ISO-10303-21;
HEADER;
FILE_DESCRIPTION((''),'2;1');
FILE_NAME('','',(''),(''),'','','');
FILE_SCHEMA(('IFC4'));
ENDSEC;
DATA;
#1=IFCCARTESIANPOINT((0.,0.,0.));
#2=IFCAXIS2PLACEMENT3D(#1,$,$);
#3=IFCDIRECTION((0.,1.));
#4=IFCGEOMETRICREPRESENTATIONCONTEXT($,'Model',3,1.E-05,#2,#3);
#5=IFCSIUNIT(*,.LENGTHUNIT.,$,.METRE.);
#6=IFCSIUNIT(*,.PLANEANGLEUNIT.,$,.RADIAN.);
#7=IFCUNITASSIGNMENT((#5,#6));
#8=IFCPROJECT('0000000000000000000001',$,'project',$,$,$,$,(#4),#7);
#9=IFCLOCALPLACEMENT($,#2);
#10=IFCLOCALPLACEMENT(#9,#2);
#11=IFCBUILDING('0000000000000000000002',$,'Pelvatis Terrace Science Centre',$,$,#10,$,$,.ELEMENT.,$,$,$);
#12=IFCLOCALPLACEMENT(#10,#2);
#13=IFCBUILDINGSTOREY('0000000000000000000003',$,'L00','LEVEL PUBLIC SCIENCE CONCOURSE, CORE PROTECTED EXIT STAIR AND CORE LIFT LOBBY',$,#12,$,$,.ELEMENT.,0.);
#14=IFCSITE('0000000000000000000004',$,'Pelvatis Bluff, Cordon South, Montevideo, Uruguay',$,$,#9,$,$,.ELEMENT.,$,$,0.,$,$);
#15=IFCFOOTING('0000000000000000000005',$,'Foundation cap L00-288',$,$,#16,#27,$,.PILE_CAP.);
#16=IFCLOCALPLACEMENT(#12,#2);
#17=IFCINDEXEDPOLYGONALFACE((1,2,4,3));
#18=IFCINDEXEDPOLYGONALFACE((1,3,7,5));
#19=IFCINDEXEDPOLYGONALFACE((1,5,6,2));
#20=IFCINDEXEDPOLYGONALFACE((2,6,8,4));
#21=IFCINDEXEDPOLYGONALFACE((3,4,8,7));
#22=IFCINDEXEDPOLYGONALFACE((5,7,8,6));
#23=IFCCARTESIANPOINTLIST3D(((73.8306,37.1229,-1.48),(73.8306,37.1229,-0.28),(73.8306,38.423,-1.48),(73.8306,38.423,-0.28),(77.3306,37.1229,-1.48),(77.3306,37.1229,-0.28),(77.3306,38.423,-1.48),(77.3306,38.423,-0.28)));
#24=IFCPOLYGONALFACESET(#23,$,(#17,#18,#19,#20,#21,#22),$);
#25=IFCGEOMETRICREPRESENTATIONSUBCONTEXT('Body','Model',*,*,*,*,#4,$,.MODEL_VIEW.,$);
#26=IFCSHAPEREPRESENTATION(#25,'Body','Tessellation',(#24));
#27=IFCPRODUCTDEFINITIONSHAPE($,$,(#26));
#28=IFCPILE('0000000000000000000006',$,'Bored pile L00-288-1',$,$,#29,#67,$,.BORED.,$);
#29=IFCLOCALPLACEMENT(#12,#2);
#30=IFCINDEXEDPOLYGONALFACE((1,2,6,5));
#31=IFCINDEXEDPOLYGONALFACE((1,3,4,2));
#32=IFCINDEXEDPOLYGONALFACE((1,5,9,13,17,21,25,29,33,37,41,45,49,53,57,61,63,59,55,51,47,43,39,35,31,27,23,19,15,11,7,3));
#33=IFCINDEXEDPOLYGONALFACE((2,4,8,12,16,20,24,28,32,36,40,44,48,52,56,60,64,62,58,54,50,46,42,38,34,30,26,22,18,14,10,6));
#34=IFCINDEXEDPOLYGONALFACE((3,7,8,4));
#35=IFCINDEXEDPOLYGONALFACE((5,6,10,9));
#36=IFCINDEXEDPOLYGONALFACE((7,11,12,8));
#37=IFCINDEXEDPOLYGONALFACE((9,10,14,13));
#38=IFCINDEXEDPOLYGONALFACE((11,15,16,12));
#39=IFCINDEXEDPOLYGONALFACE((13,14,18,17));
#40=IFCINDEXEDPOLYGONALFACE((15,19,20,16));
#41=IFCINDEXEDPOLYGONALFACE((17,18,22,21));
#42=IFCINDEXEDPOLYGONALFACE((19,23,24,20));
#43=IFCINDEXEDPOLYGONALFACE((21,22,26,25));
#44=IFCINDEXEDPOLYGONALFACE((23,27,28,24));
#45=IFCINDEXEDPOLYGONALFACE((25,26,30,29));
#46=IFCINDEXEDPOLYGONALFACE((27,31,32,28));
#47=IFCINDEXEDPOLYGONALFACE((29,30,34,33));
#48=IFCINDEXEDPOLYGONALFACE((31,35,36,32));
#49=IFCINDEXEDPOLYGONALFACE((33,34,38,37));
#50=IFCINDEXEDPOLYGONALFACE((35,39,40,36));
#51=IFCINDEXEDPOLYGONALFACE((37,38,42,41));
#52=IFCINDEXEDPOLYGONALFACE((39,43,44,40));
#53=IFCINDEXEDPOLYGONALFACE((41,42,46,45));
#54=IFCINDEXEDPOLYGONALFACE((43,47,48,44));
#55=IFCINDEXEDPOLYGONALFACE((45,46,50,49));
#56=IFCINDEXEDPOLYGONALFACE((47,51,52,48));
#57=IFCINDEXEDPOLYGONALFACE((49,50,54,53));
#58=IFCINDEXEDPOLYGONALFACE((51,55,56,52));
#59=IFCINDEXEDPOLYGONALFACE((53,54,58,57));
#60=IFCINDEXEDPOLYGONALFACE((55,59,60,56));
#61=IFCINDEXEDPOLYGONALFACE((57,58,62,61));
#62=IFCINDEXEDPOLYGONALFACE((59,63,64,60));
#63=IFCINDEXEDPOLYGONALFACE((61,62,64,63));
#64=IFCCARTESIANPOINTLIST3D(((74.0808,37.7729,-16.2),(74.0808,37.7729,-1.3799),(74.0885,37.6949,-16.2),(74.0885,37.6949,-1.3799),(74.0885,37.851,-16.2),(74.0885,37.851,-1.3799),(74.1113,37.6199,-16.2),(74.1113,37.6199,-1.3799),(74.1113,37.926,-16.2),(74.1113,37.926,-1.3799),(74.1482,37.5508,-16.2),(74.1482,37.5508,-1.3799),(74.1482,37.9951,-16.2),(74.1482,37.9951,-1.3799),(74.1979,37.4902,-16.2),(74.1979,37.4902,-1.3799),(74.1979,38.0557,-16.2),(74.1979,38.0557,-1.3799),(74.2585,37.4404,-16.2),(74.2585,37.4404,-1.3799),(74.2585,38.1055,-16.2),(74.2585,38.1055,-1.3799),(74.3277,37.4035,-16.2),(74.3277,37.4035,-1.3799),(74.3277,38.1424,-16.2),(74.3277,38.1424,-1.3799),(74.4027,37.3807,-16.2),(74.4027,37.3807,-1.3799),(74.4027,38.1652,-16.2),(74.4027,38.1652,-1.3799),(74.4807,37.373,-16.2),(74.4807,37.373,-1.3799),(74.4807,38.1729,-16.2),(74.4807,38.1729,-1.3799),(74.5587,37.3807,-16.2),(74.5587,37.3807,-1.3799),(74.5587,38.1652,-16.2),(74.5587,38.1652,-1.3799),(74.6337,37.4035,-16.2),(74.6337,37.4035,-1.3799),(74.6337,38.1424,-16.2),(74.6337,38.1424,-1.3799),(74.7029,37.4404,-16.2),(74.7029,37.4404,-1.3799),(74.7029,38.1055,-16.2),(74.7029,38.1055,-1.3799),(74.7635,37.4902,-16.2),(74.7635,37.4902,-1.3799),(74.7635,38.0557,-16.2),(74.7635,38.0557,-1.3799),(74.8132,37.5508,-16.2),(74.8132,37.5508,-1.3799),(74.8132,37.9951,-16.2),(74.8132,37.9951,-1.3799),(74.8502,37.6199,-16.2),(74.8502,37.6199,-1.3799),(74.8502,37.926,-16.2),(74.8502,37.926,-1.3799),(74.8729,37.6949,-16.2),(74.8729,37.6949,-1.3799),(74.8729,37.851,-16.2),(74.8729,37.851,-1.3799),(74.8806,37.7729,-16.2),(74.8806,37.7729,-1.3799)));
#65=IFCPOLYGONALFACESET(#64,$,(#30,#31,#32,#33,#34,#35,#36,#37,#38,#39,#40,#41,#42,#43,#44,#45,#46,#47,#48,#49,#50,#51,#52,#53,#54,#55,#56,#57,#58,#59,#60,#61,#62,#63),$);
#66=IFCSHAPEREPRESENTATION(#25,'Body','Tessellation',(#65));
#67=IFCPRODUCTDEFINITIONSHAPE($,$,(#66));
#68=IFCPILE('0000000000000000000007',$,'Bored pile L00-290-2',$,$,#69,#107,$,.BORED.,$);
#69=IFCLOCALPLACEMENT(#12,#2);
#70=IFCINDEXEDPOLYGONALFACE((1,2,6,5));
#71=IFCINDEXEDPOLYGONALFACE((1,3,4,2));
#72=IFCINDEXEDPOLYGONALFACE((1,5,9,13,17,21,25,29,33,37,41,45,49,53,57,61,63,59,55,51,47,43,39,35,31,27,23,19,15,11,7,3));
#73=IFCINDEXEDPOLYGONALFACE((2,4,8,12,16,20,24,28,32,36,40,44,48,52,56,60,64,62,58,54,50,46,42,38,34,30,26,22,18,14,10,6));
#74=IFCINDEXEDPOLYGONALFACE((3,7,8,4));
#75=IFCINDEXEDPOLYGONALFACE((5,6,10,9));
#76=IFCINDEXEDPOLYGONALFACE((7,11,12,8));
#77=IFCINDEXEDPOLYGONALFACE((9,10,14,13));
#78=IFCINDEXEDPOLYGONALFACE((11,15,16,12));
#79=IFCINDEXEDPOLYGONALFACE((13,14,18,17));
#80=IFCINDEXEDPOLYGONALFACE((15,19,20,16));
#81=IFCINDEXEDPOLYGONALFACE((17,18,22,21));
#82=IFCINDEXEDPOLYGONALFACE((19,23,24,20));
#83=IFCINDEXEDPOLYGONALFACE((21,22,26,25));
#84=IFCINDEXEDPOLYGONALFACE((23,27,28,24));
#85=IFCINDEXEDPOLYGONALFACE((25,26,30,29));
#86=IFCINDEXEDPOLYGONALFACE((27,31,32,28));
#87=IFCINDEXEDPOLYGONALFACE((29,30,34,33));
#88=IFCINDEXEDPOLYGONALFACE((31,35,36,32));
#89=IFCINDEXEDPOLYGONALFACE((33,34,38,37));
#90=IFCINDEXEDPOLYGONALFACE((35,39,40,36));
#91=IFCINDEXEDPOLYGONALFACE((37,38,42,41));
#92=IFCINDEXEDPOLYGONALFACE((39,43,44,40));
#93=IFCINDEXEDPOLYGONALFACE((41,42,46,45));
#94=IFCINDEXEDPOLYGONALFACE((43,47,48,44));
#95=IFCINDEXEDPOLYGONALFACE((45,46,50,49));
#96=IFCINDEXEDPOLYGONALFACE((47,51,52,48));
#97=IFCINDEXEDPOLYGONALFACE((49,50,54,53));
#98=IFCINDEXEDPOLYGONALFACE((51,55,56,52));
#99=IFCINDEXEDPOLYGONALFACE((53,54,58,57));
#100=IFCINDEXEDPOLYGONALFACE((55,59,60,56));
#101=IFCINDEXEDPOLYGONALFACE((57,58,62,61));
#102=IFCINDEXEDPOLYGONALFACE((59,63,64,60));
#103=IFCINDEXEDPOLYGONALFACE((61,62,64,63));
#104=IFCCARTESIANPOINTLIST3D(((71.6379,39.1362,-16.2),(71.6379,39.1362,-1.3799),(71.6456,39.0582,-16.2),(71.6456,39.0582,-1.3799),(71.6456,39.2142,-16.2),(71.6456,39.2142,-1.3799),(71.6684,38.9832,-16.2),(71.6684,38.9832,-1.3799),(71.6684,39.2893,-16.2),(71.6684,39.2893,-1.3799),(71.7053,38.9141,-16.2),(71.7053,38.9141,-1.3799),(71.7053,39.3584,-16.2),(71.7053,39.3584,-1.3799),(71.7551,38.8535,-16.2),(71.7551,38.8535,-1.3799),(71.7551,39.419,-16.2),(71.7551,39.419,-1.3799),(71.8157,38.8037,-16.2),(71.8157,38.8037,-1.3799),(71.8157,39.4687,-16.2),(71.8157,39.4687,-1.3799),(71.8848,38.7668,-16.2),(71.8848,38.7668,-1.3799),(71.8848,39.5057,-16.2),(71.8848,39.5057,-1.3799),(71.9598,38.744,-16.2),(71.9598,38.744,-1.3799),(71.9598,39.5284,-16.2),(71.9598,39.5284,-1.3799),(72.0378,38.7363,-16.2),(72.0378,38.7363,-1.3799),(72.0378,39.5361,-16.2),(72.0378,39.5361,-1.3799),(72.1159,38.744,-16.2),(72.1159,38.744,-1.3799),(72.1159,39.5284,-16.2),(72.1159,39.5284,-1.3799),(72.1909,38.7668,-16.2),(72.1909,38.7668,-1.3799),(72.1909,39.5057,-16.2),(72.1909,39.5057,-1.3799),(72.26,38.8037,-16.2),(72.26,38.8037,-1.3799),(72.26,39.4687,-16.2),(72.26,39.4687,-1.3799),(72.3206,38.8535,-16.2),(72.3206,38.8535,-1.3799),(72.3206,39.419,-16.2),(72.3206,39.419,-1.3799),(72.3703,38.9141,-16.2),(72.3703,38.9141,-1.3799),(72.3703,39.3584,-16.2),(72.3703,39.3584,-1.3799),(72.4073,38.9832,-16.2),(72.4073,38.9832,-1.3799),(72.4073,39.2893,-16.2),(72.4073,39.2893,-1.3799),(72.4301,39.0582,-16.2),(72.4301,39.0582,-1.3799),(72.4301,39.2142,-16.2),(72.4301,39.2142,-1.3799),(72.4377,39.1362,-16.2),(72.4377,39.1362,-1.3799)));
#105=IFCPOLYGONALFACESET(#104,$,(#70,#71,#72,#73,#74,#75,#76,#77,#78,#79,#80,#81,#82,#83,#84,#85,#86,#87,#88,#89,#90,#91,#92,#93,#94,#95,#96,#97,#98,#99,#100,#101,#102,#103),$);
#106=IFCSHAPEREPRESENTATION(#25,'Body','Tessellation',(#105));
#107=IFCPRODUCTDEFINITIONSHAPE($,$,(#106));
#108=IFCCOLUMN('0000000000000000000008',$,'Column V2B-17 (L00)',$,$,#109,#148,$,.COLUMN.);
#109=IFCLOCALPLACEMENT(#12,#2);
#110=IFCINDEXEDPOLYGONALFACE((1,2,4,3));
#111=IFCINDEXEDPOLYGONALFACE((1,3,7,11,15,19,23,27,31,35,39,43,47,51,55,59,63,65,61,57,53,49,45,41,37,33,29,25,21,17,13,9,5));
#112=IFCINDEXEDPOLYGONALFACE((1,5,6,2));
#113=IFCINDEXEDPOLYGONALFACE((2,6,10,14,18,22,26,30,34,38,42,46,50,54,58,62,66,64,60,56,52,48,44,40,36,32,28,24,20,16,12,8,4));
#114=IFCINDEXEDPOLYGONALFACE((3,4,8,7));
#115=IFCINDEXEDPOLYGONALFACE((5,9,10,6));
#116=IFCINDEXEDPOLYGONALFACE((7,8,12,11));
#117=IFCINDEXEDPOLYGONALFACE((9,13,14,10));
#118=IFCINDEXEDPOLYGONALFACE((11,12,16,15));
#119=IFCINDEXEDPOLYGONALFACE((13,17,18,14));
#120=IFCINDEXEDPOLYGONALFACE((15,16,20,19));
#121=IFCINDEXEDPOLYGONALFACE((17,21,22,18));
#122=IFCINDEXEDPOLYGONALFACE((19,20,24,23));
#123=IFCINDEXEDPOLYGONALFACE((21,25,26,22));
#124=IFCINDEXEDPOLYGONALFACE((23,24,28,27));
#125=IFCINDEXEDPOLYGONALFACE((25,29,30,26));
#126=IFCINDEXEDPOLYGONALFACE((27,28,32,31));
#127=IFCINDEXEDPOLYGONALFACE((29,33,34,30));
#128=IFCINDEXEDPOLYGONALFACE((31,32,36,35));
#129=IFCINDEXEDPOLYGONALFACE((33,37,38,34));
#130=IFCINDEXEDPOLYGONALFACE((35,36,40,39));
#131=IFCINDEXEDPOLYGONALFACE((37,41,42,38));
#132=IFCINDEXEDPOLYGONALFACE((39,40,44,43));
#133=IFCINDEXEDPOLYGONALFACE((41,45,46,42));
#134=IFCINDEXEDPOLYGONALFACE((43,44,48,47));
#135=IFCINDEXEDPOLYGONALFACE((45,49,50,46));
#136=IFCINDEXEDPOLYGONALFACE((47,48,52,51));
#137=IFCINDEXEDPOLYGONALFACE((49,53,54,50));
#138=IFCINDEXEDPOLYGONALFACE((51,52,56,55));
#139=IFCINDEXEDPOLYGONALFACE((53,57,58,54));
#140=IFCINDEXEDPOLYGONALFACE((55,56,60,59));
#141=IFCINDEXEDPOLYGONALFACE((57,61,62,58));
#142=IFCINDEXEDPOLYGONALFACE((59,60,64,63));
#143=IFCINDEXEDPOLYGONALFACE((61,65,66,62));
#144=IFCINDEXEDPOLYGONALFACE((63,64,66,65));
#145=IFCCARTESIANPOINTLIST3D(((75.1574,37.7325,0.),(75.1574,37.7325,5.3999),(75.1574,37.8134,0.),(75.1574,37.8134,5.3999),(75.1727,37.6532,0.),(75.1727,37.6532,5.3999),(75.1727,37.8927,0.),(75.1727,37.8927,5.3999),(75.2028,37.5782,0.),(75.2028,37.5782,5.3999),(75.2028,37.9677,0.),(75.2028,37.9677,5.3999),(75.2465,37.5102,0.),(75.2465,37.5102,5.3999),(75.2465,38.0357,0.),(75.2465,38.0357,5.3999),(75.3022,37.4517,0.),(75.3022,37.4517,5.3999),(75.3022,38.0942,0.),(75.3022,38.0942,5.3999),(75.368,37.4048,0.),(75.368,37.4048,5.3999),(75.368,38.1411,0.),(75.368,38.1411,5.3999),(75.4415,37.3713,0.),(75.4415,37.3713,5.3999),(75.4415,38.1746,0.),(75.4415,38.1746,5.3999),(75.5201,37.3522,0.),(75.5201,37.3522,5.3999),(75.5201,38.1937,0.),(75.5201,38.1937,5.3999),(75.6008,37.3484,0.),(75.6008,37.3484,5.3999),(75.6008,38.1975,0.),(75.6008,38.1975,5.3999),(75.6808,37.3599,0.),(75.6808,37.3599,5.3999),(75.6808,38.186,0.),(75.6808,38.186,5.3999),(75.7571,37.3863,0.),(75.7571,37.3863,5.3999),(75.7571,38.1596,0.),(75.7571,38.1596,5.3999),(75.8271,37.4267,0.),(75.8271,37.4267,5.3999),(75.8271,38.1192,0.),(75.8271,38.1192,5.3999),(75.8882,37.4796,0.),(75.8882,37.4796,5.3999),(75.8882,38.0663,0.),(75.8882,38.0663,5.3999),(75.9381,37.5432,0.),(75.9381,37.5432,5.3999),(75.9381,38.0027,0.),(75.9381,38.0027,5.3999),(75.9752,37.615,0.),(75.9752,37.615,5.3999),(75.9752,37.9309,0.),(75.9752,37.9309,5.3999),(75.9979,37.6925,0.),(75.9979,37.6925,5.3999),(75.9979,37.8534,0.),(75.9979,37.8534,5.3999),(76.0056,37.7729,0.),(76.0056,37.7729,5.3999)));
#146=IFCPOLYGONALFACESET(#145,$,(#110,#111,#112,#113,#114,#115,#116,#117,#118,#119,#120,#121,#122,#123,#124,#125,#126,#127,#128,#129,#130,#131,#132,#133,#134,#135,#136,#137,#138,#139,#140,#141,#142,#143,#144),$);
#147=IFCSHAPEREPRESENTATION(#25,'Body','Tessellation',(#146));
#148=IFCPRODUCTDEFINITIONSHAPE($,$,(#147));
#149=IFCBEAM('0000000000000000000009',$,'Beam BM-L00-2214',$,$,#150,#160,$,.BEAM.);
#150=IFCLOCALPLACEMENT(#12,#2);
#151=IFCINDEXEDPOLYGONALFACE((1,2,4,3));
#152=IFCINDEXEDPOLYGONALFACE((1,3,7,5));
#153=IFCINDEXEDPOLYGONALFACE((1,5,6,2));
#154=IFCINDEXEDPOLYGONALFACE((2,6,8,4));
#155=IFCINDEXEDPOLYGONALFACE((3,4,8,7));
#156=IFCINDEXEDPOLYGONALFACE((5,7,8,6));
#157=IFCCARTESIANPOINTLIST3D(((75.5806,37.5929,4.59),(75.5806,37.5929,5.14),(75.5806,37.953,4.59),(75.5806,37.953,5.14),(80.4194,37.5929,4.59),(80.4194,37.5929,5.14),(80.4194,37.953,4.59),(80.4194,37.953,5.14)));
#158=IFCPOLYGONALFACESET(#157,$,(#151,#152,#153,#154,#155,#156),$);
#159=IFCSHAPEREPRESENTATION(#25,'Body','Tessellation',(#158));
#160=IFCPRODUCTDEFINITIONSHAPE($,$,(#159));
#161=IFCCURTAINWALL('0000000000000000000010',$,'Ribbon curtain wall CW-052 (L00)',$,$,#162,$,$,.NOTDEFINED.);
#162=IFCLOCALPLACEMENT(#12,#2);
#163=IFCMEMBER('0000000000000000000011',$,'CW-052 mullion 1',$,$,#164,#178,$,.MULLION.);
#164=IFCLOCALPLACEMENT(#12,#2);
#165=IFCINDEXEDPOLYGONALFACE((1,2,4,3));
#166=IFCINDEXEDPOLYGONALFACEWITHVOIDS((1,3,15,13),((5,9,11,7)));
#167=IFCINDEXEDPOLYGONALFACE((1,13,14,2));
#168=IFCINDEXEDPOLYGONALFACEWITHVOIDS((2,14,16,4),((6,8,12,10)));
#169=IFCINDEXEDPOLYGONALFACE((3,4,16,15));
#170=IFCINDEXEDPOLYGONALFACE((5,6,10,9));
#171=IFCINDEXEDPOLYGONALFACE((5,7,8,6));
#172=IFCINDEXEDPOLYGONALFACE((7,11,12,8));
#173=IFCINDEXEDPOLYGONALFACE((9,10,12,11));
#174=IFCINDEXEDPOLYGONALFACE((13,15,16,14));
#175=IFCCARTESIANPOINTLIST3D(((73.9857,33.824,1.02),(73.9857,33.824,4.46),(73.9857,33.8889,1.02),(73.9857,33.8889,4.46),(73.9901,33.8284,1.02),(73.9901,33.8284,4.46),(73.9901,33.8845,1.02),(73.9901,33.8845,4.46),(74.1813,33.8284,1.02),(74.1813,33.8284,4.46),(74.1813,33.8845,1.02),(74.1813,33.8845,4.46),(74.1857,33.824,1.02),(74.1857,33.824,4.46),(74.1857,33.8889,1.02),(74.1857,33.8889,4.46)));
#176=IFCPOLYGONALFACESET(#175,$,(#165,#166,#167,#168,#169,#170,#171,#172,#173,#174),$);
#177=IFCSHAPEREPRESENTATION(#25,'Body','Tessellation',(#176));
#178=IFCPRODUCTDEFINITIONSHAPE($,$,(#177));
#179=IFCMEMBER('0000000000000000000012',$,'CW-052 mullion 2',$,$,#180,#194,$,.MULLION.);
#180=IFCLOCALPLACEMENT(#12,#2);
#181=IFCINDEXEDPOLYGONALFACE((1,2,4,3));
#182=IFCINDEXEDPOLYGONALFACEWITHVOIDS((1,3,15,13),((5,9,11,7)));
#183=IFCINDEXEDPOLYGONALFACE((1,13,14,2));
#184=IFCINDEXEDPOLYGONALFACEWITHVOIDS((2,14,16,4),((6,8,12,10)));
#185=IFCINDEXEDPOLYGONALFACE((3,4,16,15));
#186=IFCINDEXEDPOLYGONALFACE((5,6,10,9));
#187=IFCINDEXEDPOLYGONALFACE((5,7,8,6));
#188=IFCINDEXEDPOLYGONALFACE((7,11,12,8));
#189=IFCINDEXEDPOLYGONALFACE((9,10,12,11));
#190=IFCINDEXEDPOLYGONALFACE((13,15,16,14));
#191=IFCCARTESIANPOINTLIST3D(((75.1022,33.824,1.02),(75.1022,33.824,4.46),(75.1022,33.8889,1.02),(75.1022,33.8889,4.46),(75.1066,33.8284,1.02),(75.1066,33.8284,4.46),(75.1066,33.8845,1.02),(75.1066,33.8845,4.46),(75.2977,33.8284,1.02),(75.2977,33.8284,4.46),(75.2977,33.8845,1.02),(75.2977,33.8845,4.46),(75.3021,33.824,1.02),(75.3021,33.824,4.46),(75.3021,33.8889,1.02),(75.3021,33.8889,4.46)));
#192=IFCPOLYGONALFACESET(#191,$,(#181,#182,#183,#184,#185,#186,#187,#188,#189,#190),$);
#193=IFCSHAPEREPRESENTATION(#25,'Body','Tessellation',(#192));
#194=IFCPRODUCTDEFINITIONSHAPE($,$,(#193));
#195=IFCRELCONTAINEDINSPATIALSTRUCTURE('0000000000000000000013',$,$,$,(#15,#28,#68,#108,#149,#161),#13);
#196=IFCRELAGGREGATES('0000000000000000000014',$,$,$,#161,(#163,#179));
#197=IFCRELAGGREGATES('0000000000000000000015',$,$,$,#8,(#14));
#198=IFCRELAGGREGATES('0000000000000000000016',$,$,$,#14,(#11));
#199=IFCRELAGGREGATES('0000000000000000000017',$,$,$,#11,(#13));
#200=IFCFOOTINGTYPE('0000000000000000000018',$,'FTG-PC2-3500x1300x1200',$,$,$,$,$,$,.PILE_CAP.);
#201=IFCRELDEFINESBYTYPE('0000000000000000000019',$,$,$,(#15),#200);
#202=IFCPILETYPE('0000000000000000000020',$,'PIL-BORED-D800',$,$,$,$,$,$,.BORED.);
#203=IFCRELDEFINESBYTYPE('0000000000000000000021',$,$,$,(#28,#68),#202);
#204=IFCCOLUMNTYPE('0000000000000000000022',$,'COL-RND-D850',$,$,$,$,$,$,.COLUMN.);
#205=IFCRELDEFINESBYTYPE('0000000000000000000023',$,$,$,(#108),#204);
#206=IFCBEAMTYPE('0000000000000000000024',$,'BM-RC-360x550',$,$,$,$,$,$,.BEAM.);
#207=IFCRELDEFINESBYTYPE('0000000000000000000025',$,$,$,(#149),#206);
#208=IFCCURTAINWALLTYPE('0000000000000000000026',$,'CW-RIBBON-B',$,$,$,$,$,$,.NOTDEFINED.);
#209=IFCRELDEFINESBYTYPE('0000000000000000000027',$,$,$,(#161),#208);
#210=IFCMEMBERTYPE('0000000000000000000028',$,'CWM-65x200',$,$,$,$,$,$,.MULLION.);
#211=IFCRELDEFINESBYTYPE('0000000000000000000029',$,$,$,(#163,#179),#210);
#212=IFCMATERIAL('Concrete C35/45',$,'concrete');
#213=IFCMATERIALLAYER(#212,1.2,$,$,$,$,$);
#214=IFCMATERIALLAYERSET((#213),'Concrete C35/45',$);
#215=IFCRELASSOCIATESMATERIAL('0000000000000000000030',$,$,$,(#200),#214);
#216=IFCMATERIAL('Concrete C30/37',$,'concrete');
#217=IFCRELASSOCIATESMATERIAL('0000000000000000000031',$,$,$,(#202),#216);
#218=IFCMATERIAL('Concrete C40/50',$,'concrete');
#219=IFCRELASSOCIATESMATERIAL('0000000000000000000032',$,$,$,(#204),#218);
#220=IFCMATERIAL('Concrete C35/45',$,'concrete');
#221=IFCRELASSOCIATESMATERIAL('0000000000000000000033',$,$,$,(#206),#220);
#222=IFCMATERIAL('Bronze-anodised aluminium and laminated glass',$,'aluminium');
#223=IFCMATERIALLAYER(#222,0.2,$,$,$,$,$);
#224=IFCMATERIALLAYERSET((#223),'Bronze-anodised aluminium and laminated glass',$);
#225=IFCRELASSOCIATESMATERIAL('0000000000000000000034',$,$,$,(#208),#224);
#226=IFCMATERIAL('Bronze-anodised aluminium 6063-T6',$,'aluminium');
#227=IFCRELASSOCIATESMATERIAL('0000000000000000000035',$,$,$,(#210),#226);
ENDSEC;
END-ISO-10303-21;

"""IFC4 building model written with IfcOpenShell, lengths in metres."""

from ifc_helpers import new_model, si_unit, direction, frame, origin, origin_2d, place, context, subcontext, project, spatial, rectangle, hollow_rectangle, circle, extrude, material, layer, layer_set, material_profile, profile_set, type_object, element, aggregate, save


model = new_model("IFC4")

# Units and contexts
model_context = context("Model", 3, precision=1e-05, world=origin(), true_north=direction((0.0, 1.0)))
body_context = subcontext(model_context, "Body", "Model", "MODEL_VIEW")
ifc_project = project(units=[si_unit("LENGTHUNIT", "METRE"), si_unit("PLANEANGLEUNIT", "RADIAN")], contexts=[model_context])

# Site, building, storey
site_placement = place(None, origin())
site = spatial("IfcSite", under=ifc_project, at=site_placement, Name="Pelvatis Bluff, Cordon South, Montevideo, Uruguay", CompositionType="ELEMENT", RefElevation=0.0)
building_placement = place(site_placement, origin())
building = spatial("IfcBuilding", under=site, at=building_placement, Name="Pelvatis Terrace Science Centre", CompositionType="ELEMENT")
storey_placement = place(building_placement, origin())
storey = spatial("IfcBuildingStorey", under=building, at=storey_placement, Name="L00", Description="LEVEL PUBLIC SCIENCE CONCOURSE, CORE PROTECTED EXIT STAIR AND CORE LIFT LOBBY", CompositionType="ELEMENT", Elevation=0.0)

# Footing
ifc_material_1 = material(Name="Concrete C35/45", Category="concrete")
ifc_layer_1 = layer(ifc_material_1, 1.2)
ifc_layer_set_1 = layer_set([ifc_layer_1], Name="Concrete C35/45")
footing_type = type_object("IfcFootingType", Name="FTG-PC2-3500x1300x1200", PredefinedType="PILE_CAP", material=ifc_layer_set_1)
footing_placement = place(storey_placement, frame((75.5806, 37.7729, -1.48), z_axis=(0.0, 0.0, 1.0), x_axis=(1.0, 0.0, 0.0)))
element("IfcFooting", 1, at=footing_placement, inside=storey, type_object=footing_type, Name="Foundation cap L00-288", PredefinedType="PILE_CAP", context=body_context, shape_type="SweptSolid", body=[
    extrude(rectangle(XDim=3.5, YDim=1.3, at=origin_2d()), origin(), (0.0, 0.0, 1.0), 1.2),
])

# Piles
ifc_material_2 = material(Name="Concrete C30/37", Category="concrete")
ifc_material_profile_1 = material_profile(ifc_material_2, circle(Radius=0.3999, at=origin_2d()), Name="PILE D800")
ifc_profile_set_1 = profile_set([ifc_material_profile_1], Name="Concrete C30/37")
pile_type = type_object("IfcPileType", Name="PIL-BORED-D800", PredefinedType="BORED", material=ifc_profile_set_1)
for number, where, z_axis, x_axis, name in (
    (2, (74.4807, 37.7729, -1.3799), (0.0, 0.0, -1.0), (1.0, 0.0, 0.0), "Bored pile L00-288-1"),
    (3, (72.0378, 39.1362, -1.3799), (0.0, 0.0, -1.0), (1.0, 0.0, 0.0), "Bored pile L00-290-2"),
):
    element("IfcPile", number, at=place(storey_placement, frame(where, z_axis=z_axis, x_axis=x_axis)), inside=storey, type_object=pile_type, Name=name, PredefinedType="BORED", context=body_context, shape_type="SweptSolid", body=[
        extrude(circle(Radius=0.3999, at=origin_2d()), origin(), (0.0, 0.0, 1.0), 14.8201),
    ])

# Column
ifc_material_3 = material(Name="Concrete C40/50", Category="concrete")
ifc_material_profile_2 = material_profile(ifc_material_3, circle(Radius=0.425, at=origin_2d()), Name="RC-RCOL D850")
ifc_profile_set_2 = profile_set([ifc_material_profile_2], Name="Concrete C40/50")
column_type = type_object("IfcColumnType", Name="COL-RND-D850", PredefinedType="COLUMN", material=ifc_profile_set_2)
column_placement = place(storey_placement, frame((75.5806, 37.7729, 0.0), z_axis=(0.0, 0.0, 1.0), x_axis=(1.0, 0.0, 0.0)))
element("IfcColumn", 4, at=column_placement, inside=storey, type_object=column_type, Name="Column V2B-17 (L00)", PredefinedType="COLUMN", context=body_context, shape_type="SweptSolid", body=[
    extrude(circle(Radius=0.425, at=origin_2d()), origin(), (0.0, 0.0, 1.0), 5.3999),
])

# Beam
ifc_material_4 = material(Name="Concrete C35/45", Category="concrete")
ifc_material_profile_3 = material_profile(ifc_material_4, rectangle(XDim=0.3601, YDim=0.55, at=origin_2d()), Name="RC-BM 360x550")
ifc_profile_set_3 = profile_set([ifc_material_profile_3], Name="Concrete C35/45")
beam_type = type_object("IfcBeamType", Name="BM-RC-360x550", PredefinedType="BEAM", material=ifc_profile_set_3)
beam_placement = place(storey_placement, frame((75.5806, 37.7729, 4.865), z_axis=(1.0, 0.0, 0.0), x_axis=(0.0, 1.0, 0.0)))
element("IfcBeam", 5, at=beam_placement, inside=storey, type_object=beam_type, Name="Beam BM-L00-2214", PredefinedType="BEAM", context=body_context, shape_type="SweptSolid", body=[
    extrude(rectangle(XDim=0.3601, YDim=0.55, at=origin_2d()), origin(), (0.0, 0.0, 1.0), 4.8389),
])

# Curtain wall, members
ifc_material_5 = material(Name="Bronze-anodised aluminium and laminated glass", Category="aluminium")
ifc_layer_2 = layer(ifc_material_5, 0.2)
ifc_layer_set_2 = layer_set([ifc_layer_2], Name="Bronze-anodised aluminium and laminated glass")
curtain_wall_type = type_object("IfcCurtainWallType", Name="CW-RIBBON-B", PredefinedType="NOTDEFINED", material=ifc_layer_set_2)
curtain_wall_placement = place(storey_placement, origin())
curtain_wall = element("IfcCurtainWall", 6, at=curtain_wall_placement, inside=storey, type_object=curtain_wall_type, Name="Ribbon curtain wall CW-052 (L00)", PredefinedType="NOTDEFINED")
ifc_material_6 = material(Name="Bronze-anodised aluminium 6063-T6", Category="aluminium")
ifc_material_profile_4 = material_profile(ifc_material_6, hollow_rectangle(XDim=0.0649, YDim=0.2, WallThickness=0.0044, at=origin_2d()), Name="ALU-MUL 65x200")
ifc_profile_set_4 = profile_set([ifc_material_profile_4], Name="Bronze-anodised aluminium 6063-T6")
member_type_1 = type_object("IfcMemberType", Name="CWM-65x200", PredefinedType="MULLION", material=ifc_profile_set_4)
member_1_placement = place(storey_placement, frame((74.0857, 33.8564, 1.02), z_axis=(0.0, 0.0, 1.0), x_axis=(0.0, 1.0, 0.0)))
member_1 = element("IfcMember", 7, at=member_1_placement, type_object=member_type_1, Name="CW-052 mullion 1", PredefinedType="MULLION", context=body_context, shape_type="SweptSolid", body=[
    extrude(hollow_rectangle(XDim=0.0649, YDim=0.2, WallThickness=0.0044, at=origin_2d()), origin(), (0.0, 0.0, 1.0), 3.4399),
])
member_2_placement = place(storey_placement, frame((75.2021, 33.8564, 1.02), z_axis=(0.0, 0.0, 1.0), x_axis=(0.0, 1.0, 0.0)))
member_2 = element("IfcMember", 8, at=member_2_placement, type_object=member_type_1, Name="CW-052 mullion 2", PredefinedType="MULLION", context=body_context, shape_type="SweptSolid", body=[
    extrude(hollow_rectangle(XDim=0.0649, YDim=0.2, WallThickness=0.0044, at=origin_2d()), origin(), (0.0, 0.0, 1.0), 3.4399),
])
aggregate(curtain_wall, [member_1, member_2])

save(model, "model.ifc")
